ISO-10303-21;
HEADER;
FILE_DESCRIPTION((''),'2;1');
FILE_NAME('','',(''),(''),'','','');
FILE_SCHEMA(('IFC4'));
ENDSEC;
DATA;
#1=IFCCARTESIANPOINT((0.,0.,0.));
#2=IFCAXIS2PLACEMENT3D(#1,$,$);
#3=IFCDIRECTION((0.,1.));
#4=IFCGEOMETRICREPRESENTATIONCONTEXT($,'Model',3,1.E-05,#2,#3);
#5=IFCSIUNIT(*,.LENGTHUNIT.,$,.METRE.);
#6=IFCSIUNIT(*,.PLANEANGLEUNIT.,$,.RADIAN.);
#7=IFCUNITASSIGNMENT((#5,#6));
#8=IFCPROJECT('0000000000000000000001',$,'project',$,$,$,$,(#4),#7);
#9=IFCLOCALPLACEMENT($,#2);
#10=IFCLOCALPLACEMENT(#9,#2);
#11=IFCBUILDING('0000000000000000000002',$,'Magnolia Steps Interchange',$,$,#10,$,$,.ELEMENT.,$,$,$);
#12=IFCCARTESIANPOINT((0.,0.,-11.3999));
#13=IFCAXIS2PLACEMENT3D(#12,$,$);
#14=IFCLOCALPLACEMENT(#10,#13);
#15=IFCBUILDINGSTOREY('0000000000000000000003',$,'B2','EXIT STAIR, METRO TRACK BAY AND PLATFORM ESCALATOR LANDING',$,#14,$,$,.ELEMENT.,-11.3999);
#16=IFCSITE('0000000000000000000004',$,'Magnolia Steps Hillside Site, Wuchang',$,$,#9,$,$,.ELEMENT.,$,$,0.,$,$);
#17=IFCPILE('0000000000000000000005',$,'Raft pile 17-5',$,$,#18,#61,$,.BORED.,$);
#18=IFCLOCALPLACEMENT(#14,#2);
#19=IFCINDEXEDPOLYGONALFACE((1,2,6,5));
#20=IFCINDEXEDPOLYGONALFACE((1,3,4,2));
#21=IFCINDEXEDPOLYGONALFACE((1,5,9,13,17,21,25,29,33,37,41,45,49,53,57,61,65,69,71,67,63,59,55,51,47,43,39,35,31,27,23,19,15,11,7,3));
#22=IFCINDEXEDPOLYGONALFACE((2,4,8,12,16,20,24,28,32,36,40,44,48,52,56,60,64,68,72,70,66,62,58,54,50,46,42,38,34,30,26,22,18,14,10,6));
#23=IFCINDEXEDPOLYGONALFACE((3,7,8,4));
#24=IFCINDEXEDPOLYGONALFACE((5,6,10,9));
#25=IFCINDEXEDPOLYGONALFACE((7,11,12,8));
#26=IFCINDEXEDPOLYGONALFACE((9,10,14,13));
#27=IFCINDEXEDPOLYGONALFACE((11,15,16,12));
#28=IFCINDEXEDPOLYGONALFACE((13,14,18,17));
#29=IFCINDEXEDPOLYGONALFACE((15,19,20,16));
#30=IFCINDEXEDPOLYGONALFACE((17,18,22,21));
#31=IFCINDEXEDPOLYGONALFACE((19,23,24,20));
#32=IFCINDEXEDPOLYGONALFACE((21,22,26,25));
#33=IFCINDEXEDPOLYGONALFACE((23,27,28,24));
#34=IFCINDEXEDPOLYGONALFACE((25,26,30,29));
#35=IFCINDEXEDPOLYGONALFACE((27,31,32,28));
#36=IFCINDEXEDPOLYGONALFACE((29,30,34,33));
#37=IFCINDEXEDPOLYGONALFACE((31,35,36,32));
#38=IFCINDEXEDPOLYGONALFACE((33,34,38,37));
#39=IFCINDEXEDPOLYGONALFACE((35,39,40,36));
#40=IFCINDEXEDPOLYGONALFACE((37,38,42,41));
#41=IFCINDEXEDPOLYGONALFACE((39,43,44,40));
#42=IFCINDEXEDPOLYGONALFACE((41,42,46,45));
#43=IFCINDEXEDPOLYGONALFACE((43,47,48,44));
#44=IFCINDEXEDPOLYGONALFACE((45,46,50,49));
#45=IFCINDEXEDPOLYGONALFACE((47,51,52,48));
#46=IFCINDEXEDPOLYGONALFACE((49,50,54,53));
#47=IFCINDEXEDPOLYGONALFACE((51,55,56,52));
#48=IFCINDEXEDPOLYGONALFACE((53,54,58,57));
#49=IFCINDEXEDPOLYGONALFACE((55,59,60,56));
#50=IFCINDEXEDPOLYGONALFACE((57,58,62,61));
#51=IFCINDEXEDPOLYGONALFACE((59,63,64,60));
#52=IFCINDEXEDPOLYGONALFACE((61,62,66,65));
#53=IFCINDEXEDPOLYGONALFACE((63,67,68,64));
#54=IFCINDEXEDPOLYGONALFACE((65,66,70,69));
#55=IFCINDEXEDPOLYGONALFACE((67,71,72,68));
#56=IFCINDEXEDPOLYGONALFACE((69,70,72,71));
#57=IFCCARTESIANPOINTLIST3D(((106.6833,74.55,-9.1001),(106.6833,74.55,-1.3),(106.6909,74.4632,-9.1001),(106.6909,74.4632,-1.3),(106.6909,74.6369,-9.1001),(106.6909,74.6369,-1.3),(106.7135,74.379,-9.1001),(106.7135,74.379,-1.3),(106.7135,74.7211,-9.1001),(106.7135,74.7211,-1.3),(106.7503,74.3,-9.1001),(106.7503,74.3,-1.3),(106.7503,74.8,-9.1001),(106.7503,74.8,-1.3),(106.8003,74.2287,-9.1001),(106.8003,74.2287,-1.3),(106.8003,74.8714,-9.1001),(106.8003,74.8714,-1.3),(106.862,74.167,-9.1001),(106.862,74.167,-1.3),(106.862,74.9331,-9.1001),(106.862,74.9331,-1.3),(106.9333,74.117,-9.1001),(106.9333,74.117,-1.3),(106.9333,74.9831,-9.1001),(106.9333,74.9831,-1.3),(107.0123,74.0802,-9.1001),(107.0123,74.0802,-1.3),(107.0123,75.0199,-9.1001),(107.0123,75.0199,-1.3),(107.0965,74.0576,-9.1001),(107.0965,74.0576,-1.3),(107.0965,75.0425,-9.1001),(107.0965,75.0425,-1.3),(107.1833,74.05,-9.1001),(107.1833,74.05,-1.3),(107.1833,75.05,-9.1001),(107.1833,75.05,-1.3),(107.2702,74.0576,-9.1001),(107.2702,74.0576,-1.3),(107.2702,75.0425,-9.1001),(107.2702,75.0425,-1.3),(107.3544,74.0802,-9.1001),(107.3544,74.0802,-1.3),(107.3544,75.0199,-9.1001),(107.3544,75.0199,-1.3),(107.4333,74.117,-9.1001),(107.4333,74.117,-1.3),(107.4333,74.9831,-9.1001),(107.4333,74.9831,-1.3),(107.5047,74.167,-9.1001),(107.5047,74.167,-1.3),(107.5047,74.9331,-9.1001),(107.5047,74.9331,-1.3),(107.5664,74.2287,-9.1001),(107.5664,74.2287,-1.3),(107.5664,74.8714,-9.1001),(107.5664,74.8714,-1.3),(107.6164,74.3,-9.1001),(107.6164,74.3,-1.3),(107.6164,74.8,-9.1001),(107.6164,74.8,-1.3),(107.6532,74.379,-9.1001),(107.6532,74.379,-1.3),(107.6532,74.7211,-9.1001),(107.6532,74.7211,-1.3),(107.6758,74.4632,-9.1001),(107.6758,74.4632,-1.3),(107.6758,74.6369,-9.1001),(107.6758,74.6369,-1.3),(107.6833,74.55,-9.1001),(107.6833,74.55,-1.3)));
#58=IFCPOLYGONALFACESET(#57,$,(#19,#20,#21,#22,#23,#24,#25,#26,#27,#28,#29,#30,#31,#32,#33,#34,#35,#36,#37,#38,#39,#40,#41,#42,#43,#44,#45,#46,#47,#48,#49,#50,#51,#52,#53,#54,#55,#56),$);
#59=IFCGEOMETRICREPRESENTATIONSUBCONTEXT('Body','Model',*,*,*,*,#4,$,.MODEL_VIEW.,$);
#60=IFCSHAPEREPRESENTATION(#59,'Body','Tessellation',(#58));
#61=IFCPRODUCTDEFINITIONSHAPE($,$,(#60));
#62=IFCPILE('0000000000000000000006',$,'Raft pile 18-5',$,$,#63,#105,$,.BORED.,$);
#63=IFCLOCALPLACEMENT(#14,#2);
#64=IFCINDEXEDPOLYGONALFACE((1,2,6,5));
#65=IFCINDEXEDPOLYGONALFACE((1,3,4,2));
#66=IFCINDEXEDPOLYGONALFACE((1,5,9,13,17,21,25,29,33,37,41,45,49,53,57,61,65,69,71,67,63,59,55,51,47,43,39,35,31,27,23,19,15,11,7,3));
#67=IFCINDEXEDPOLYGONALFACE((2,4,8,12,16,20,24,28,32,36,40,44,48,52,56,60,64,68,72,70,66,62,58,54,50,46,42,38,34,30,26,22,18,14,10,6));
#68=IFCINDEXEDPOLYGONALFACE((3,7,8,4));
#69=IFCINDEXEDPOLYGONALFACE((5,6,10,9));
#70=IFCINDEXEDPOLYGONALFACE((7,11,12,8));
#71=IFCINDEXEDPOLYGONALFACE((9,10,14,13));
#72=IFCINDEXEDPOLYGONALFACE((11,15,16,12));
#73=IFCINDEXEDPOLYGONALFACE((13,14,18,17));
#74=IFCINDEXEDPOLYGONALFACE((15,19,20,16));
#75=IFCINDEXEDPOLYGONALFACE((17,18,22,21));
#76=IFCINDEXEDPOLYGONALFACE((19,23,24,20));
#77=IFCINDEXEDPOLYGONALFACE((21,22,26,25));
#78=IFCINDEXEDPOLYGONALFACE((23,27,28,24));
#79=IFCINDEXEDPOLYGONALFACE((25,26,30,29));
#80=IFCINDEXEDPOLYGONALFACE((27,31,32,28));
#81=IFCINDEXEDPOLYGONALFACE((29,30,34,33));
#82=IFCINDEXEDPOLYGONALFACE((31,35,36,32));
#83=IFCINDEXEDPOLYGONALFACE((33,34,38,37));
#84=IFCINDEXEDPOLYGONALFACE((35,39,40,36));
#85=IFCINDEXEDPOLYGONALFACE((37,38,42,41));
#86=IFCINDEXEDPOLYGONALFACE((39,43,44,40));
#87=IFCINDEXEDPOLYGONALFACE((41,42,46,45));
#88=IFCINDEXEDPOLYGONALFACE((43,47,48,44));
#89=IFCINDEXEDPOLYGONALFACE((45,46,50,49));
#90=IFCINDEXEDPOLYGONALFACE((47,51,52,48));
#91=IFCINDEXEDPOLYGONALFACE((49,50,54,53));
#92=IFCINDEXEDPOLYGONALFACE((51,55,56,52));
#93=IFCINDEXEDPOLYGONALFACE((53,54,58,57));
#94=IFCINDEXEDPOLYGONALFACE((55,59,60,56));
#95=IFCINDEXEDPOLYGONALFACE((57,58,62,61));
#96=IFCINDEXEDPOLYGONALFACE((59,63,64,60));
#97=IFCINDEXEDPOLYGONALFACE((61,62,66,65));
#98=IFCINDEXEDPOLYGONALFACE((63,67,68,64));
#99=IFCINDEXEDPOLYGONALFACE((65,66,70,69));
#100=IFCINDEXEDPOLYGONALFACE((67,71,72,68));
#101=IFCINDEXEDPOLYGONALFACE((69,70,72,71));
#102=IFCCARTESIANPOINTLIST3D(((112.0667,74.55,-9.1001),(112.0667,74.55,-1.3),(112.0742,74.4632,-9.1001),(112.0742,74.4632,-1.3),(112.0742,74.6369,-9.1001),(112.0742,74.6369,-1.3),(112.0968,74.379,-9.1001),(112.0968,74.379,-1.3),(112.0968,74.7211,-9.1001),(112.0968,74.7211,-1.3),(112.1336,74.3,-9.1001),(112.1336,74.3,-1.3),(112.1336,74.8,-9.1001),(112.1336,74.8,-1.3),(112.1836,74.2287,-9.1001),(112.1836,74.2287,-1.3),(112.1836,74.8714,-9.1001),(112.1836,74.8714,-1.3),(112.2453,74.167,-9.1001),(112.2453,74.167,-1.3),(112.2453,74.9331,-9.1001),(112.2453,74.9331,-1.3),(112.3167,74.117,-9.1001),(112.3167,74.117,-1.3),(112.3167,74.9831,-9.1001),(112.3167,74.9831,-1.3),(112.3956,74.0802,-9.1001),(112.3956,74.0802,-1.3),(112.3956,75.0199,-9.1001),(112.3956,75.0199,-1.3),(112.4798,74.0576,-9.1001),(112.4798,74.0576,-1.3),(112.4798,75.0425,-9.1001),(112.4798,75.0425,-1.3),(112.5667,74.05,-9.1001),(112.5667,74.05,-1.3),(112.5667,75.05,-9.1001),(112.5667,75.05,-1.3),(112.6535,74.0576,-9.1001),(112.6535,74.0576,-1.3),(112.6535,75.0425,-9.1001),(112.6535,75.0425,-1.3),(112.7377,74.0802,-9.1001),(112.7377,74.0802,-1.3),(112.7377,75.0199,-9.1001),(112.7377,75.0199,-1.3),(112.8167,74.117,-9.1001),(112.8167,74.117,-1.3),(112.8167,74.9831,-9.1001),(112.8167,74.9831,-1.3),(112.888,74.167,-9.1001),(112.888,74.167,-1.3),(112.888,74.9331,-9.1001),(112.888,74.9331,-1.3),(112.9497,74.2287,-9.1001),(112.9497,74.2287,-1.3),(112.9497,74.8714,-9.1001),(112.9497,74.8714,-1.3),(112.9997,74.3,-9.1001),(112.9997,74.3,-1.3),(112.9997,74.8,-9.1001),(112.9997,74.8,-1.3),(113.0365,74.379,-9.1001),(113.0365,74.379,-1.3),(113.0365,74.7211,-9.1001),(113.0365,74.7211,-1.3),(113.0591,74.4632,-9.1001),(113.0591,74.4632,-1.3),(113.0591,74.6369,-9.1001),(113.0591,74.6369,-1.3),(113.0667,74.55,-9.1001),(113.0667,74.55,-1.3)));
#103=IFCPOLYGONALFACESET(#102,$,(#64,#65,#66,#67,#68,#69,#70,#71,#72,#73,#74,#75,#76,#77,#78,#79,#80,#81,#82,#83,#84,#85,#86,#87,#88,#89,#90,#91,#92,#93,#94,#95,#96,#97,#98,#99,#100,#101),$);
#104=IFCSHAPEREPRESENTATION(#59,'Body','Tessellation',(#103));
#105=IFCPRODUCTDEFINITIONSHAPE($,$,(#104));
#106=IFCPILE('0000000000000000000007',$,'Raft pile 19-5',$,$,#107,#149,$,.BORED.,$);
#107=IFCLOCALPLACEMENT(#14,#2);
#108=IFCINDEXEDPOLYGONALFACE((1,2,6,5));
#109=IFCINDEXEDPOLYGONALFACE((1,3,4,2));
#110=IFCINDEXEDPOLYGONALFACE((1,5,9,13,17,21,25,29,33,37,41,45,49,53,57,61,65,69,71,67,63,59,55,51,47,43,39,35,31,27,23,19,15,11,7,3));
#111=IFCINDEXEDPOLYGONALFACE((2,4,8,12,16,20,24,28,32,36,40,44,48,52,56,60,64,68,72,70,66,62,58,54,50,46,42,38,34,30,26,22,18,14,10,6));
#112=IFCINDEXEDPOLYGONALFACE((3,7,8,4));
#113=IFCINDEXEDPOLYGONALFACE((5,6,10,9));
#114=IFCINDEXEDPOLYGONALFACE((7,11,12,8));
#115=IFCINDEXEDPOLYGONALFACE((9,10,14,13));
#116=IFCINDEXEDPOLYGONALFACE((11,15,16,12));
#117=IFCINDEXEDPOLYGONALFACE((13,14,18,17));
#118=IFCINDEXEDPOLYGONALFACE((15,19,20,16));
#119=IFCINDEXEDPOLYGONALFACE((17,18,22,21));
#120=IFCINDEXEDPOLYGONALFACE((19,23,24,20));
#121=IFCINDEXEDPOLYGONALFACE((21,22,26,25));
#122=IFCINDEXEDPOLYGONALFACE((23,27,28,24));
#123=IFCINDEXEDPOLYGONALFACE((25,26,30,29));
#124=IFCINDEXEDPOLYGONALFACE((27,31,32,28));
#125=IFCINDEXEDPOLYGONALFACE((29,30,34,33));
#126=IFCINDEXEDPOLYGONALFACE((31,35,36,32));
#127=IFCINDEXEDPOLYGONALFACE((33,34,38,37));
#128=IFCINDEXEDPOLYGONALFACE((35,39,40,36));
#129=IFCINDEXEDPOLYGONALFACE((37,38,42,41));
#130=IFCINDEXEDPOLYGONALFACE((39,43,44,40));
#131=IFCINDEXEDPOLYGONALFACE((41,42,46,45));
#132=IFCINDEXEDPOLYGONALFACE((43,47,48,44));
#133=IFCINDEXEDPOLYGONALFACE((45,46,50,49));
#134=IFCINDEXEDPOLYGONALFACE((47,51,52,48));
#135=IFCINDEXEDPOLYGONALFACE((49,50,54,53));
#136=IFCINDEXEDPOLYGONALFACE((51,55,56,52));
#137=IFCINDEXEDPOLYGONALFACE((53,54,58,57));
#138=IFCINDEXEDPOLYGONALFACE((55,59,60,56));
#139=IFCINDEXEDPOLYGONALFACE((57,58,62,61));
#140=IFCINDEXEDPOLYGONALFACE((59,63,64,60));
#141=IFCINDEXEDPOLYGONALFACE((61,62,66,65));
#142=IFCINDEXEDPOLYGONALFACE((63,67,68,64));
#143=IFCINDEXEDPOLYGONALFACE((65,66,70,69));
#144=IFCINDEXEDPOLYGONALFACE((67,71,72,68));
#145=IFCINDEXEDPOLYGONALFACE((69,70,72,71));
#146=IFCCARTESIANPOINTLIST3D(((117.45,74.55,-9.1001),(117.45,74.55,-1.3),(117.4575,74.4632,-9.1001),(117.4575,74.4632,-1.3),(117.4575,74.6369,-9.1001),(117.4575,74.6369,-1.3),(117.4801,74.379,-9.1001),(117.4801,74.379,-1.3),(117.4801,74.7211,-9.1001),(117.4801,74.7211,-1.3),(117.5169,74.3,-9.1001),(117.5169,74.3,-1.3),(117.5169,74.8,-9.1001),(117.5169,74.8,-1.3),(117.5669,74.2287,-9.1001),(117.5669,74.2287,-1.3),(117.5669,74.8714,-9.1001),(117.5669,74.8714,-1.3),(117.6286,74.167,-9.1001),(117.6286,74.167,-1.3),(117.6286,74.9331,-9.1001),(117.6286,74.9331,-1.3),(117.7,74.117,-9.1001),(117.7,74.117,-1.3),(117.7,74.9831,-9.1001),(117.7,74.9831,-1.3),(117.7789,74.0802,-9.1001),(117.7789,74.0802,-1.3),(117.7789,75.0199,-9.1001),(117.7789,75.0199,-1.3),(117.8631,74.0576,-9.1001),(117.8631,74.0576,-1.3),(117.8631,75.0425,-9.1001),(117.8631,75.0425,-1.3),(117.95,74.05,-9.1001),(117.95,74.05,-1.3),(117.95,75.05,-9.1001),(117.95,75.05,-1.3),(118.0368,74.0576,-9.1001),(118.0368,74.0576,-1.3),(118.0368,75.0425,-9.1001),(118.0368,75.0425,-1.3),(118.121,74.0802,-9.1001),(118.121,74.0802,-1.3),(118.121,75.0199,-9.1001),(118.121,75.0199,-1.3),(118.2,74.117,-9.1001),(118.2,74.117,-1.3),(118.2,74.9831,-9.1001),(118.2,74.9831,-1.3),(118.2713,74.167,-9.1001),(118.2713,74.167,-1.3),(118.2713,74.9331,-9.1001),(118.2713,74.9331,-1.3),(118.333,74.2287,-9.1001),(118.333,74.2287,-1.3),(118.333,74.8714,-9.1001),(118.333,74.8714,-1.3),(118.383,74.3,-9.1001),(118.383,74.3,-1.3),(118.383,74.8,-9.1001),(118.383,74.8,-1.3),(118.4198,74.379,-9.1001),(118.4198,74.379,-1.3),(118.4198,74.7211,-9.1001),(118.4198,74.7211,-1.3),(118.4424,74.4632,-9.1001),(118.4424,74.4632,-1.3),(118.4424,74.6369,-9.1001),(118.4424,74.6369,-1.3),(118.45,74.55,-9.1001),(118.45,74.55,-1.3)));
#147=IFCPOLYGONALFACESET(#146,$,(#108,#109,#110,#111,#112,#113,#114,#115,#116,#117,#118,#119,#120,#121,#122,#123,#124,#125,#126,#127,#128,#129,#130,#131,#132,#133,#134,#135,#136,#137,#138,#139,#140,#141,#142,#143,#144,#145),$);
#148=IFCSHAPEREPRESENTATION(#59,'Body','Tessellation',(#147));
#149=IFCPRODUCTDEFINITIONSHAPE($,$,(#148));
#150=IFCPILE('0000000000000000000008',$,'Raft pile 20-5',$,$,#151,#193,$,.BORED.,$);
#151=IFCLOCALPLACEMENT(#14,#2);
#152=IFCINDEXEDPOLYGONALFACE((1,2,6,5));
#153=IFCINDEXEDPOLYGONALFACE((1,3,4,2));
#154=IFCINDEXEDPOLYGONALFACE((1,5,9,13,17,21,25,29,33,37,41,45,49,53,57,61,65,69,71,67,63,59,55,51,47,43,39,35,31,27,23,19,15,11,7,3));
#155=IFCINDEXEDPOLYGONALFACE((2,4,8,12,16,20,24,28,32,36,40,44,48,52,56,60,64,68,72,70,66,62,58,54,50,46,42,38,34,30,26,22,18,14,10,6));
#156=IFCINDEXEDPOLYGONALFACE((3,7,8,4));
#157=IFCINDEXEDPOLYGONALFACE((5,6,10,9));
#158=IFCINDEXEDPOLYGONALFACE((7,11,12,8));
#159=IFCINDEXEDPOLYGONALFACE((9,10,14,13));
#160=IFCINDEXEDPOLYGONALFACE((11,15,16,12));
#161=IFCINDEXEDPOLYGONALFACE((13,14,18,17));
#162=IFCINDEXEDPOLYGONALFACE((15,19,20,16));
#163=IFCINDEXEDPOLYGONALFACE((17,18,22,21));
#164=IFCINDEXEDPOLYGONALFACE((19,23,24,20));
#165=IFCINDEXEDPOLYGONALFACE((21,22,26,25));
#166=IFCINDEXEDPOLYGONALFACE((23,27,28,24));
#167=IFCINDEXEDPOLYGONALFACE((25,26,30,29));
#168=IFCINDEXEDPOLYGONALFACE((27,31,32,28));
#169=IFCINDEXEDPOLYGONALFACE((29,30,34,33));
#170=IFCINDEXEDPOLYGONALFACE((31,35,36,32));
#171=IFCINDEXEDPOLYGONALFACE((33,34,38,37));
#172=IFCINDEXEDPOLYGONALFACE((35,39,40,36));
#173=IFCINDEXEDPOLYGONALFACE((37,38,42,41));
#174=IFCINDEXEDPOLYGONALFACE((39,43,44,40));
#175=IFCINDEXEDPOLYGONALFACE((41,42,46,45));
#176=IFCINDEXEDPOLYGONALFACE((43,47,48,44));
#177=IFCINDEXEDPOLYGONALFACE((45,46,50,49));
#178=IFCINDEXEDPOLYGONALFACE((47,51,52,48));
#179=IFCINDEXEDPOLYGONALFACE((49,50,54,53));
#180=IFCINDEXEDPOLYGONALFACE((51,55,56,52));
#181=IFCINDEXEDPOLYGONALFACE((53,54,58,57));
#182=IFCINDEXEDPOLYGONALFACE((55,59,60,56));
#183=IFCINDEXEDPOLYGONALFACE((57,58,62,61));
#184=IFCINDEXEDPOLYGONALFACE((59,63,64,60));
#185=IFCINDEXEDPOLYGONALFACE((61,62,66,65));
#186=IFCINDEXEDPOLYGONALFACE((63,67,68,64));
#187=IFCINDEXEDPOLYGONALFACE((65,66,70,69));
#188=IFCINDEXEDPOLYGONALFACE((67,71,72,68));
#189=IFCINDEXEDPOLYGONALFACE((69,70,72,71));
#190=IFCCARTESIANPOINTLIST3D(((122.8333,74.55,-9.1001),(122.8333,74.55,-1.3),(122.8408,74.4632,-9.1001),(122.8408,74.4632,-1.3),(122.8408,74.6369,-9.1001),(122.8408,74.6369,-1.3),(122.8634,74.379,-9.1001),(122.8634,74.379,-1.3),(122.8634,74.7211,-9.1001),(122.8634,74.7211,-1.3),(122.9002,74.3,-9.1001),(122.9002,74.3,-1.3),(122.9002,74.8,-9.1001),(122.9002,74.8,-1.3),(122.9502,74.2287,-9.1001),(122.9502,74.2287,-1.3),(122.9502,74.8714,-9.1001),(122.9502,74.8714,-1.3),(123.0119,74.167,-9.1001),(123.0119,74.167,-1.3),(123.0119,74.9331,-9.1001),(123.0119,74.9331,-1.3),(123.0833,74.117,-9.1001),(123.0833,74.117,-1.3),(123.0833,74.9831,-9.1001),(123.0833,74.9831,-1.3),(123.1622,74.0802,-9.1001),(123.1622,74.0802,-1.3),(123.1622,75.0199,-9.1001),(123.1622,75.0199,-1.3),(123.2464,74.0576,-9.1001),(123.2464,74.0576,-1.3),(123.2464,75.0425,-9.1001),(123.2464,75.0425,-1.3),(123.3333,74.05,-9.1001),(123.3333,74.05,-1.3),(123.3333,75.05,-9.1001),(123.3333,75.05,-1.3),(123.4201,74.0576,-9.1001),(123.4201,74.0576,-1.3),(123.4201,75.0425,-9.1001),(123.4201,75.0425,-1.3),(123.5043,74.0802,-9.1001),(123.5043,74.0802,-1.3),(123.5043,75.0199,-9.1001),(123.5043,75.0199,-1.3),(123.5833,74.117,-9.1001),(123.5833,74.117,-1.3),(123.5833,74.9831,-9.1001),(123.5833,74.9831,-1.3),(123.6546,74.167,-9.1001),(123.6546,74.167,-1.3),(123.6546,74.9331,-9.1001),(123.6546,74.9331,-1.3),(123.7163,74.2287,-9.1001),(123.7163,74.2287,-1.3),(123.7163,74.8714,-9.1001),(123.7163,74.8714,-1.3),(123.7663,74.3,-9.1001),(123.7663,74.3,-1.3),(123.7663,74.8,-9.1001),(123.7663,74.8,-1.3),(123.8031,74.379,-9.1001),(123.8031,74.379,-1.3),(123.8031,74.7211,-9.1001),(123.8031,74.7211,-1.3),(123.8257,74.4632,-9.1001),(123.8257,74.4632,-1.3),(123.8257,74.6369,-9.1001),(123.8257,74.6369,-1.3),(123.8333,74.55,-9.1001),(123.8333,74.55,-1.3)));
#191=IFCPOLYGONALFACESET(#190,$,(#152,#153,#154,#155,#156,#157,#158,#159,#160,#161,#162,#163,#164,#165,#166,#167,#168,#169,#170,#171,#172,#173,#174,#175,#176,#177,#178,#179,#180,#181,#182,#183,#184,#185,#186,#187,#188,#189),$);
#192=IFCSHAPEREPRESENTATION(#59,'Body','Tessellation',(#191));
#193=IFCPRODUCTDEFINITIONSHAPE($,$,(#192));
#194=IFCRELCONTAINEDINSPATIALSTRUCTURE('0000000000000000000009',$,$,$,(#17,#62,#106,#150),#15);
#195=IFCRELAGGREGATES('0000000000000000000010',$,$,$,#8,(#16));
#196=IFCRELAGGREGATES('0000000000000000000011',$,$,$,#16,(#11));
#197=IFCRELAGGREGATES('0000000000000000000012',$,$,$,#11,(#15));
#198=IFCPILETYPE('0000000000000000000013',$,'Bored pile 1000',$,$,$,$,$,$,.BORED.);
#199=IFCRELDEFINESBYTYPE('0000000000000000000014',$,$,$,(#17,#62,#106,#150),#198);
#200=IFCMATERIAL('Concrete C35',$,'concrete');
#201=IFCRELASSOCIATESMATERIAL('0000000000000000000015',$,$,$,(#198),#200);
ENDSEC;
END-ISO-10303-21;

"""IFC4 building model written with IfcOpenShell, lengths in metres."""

from ifc_helpers import new_model, si_unit, direction, frame, origin, origin_2d, place, context, subcontext, project, spatial, circle, extrude, material, material_profile, profile_set, type_object, element, save


model = new_model("IFC4")

# Units and contexts
model_context = context("Model", 3, precision=1e-05, world=origin(), true_north=direction((0.0, 1.0)))
body_context = subcontext(model_context, "Body", "Model", "MODEL_VIEW")
ifc_project = project(units=[si_unit("LENGTHUNIT", "METRE"), si_unit("PLANEANGLEUNIT", "RADIAN")], contexts=[model_context])

# Site, building, storey
site_placement = place(None, origin())
site = spatial("IfcSite", under=ifc_project, at=site_placement, Name="Magnolia Steps Hillside Site, Wuchang", CompositionType="ELEMENT", RefElevation=0.0)
building_placement = place(site_placement, origin())
building = spatial("IfcBuilding", under=site, at=building_placement, Name="Magnolia Steps Interchange", CompositionType="ELEMENT")
storey_placement = place(building_placement, frame((0.0, 0.0, -11.3999)))
storey = spatial("IfcBuildingStorey", under=building, at=storey_placement, Name="B2", Description="EXIT STAIR, METRO TRACK BAY AND PLATFORM ESCALATOR LANDING", CompositionType="ELEMENT", Elevation=-11.3999)

# Piles
ifc_material_1 = material(Name="Concrete C35", Category="concrete")
ifc_material_profile_1 = material_profile(ifc_material_1, circle(Radius=0.5, at=origin_2d()), Name="Bored pile 1000")
ifc_profile_set_1 = profile_set([ifc_material_profile_1], Name="Concrete C35")
pile_type_1 = type_object("IfcPileType", Name="Bored pile 1000", PredefinedType="BORED", material=ifc_profile_set_1)
for number, where, z_axis, x_axis, name in (
    (1, (107.1833, 74.55, -1.3), (0.0, 0.0, -1.0), (1.0, 0.0, 0.0), "Raft pile 17-5"),
    (2, (112.5667, 74.55, -1.3), (0.0, 0.0, -1.0), (1.0, 0.0, 0.0), "Raft pile 18-5"),
    (3, (117.95, 74.55, -1.3), (0.0, 0.0, -1.0), (1.0, 0.0, 0.0), "Raft pile 19-5"),
    (4, (123.3333, 74.55, -1.3), (0.0, 0.0, -1.0), (1.0, 0.0, 0.0), "Raft pile 20-5"),
):
    element("IfcPile", number, at=place(storey_placement, frame(where, z_axis=z_axis, x_axis=x_axis)), inside=storey, type_object=pile_type_1, Name=name, PredefinedType="BORED", context=body_context, shape_type="SweptSolid", body=[
        extrude(circle(Radius=0.5, at=origin_2d()), origin(), (0.0, 0.0, 1.0), 7.8),
    ])

save(model, "model.ifc")
